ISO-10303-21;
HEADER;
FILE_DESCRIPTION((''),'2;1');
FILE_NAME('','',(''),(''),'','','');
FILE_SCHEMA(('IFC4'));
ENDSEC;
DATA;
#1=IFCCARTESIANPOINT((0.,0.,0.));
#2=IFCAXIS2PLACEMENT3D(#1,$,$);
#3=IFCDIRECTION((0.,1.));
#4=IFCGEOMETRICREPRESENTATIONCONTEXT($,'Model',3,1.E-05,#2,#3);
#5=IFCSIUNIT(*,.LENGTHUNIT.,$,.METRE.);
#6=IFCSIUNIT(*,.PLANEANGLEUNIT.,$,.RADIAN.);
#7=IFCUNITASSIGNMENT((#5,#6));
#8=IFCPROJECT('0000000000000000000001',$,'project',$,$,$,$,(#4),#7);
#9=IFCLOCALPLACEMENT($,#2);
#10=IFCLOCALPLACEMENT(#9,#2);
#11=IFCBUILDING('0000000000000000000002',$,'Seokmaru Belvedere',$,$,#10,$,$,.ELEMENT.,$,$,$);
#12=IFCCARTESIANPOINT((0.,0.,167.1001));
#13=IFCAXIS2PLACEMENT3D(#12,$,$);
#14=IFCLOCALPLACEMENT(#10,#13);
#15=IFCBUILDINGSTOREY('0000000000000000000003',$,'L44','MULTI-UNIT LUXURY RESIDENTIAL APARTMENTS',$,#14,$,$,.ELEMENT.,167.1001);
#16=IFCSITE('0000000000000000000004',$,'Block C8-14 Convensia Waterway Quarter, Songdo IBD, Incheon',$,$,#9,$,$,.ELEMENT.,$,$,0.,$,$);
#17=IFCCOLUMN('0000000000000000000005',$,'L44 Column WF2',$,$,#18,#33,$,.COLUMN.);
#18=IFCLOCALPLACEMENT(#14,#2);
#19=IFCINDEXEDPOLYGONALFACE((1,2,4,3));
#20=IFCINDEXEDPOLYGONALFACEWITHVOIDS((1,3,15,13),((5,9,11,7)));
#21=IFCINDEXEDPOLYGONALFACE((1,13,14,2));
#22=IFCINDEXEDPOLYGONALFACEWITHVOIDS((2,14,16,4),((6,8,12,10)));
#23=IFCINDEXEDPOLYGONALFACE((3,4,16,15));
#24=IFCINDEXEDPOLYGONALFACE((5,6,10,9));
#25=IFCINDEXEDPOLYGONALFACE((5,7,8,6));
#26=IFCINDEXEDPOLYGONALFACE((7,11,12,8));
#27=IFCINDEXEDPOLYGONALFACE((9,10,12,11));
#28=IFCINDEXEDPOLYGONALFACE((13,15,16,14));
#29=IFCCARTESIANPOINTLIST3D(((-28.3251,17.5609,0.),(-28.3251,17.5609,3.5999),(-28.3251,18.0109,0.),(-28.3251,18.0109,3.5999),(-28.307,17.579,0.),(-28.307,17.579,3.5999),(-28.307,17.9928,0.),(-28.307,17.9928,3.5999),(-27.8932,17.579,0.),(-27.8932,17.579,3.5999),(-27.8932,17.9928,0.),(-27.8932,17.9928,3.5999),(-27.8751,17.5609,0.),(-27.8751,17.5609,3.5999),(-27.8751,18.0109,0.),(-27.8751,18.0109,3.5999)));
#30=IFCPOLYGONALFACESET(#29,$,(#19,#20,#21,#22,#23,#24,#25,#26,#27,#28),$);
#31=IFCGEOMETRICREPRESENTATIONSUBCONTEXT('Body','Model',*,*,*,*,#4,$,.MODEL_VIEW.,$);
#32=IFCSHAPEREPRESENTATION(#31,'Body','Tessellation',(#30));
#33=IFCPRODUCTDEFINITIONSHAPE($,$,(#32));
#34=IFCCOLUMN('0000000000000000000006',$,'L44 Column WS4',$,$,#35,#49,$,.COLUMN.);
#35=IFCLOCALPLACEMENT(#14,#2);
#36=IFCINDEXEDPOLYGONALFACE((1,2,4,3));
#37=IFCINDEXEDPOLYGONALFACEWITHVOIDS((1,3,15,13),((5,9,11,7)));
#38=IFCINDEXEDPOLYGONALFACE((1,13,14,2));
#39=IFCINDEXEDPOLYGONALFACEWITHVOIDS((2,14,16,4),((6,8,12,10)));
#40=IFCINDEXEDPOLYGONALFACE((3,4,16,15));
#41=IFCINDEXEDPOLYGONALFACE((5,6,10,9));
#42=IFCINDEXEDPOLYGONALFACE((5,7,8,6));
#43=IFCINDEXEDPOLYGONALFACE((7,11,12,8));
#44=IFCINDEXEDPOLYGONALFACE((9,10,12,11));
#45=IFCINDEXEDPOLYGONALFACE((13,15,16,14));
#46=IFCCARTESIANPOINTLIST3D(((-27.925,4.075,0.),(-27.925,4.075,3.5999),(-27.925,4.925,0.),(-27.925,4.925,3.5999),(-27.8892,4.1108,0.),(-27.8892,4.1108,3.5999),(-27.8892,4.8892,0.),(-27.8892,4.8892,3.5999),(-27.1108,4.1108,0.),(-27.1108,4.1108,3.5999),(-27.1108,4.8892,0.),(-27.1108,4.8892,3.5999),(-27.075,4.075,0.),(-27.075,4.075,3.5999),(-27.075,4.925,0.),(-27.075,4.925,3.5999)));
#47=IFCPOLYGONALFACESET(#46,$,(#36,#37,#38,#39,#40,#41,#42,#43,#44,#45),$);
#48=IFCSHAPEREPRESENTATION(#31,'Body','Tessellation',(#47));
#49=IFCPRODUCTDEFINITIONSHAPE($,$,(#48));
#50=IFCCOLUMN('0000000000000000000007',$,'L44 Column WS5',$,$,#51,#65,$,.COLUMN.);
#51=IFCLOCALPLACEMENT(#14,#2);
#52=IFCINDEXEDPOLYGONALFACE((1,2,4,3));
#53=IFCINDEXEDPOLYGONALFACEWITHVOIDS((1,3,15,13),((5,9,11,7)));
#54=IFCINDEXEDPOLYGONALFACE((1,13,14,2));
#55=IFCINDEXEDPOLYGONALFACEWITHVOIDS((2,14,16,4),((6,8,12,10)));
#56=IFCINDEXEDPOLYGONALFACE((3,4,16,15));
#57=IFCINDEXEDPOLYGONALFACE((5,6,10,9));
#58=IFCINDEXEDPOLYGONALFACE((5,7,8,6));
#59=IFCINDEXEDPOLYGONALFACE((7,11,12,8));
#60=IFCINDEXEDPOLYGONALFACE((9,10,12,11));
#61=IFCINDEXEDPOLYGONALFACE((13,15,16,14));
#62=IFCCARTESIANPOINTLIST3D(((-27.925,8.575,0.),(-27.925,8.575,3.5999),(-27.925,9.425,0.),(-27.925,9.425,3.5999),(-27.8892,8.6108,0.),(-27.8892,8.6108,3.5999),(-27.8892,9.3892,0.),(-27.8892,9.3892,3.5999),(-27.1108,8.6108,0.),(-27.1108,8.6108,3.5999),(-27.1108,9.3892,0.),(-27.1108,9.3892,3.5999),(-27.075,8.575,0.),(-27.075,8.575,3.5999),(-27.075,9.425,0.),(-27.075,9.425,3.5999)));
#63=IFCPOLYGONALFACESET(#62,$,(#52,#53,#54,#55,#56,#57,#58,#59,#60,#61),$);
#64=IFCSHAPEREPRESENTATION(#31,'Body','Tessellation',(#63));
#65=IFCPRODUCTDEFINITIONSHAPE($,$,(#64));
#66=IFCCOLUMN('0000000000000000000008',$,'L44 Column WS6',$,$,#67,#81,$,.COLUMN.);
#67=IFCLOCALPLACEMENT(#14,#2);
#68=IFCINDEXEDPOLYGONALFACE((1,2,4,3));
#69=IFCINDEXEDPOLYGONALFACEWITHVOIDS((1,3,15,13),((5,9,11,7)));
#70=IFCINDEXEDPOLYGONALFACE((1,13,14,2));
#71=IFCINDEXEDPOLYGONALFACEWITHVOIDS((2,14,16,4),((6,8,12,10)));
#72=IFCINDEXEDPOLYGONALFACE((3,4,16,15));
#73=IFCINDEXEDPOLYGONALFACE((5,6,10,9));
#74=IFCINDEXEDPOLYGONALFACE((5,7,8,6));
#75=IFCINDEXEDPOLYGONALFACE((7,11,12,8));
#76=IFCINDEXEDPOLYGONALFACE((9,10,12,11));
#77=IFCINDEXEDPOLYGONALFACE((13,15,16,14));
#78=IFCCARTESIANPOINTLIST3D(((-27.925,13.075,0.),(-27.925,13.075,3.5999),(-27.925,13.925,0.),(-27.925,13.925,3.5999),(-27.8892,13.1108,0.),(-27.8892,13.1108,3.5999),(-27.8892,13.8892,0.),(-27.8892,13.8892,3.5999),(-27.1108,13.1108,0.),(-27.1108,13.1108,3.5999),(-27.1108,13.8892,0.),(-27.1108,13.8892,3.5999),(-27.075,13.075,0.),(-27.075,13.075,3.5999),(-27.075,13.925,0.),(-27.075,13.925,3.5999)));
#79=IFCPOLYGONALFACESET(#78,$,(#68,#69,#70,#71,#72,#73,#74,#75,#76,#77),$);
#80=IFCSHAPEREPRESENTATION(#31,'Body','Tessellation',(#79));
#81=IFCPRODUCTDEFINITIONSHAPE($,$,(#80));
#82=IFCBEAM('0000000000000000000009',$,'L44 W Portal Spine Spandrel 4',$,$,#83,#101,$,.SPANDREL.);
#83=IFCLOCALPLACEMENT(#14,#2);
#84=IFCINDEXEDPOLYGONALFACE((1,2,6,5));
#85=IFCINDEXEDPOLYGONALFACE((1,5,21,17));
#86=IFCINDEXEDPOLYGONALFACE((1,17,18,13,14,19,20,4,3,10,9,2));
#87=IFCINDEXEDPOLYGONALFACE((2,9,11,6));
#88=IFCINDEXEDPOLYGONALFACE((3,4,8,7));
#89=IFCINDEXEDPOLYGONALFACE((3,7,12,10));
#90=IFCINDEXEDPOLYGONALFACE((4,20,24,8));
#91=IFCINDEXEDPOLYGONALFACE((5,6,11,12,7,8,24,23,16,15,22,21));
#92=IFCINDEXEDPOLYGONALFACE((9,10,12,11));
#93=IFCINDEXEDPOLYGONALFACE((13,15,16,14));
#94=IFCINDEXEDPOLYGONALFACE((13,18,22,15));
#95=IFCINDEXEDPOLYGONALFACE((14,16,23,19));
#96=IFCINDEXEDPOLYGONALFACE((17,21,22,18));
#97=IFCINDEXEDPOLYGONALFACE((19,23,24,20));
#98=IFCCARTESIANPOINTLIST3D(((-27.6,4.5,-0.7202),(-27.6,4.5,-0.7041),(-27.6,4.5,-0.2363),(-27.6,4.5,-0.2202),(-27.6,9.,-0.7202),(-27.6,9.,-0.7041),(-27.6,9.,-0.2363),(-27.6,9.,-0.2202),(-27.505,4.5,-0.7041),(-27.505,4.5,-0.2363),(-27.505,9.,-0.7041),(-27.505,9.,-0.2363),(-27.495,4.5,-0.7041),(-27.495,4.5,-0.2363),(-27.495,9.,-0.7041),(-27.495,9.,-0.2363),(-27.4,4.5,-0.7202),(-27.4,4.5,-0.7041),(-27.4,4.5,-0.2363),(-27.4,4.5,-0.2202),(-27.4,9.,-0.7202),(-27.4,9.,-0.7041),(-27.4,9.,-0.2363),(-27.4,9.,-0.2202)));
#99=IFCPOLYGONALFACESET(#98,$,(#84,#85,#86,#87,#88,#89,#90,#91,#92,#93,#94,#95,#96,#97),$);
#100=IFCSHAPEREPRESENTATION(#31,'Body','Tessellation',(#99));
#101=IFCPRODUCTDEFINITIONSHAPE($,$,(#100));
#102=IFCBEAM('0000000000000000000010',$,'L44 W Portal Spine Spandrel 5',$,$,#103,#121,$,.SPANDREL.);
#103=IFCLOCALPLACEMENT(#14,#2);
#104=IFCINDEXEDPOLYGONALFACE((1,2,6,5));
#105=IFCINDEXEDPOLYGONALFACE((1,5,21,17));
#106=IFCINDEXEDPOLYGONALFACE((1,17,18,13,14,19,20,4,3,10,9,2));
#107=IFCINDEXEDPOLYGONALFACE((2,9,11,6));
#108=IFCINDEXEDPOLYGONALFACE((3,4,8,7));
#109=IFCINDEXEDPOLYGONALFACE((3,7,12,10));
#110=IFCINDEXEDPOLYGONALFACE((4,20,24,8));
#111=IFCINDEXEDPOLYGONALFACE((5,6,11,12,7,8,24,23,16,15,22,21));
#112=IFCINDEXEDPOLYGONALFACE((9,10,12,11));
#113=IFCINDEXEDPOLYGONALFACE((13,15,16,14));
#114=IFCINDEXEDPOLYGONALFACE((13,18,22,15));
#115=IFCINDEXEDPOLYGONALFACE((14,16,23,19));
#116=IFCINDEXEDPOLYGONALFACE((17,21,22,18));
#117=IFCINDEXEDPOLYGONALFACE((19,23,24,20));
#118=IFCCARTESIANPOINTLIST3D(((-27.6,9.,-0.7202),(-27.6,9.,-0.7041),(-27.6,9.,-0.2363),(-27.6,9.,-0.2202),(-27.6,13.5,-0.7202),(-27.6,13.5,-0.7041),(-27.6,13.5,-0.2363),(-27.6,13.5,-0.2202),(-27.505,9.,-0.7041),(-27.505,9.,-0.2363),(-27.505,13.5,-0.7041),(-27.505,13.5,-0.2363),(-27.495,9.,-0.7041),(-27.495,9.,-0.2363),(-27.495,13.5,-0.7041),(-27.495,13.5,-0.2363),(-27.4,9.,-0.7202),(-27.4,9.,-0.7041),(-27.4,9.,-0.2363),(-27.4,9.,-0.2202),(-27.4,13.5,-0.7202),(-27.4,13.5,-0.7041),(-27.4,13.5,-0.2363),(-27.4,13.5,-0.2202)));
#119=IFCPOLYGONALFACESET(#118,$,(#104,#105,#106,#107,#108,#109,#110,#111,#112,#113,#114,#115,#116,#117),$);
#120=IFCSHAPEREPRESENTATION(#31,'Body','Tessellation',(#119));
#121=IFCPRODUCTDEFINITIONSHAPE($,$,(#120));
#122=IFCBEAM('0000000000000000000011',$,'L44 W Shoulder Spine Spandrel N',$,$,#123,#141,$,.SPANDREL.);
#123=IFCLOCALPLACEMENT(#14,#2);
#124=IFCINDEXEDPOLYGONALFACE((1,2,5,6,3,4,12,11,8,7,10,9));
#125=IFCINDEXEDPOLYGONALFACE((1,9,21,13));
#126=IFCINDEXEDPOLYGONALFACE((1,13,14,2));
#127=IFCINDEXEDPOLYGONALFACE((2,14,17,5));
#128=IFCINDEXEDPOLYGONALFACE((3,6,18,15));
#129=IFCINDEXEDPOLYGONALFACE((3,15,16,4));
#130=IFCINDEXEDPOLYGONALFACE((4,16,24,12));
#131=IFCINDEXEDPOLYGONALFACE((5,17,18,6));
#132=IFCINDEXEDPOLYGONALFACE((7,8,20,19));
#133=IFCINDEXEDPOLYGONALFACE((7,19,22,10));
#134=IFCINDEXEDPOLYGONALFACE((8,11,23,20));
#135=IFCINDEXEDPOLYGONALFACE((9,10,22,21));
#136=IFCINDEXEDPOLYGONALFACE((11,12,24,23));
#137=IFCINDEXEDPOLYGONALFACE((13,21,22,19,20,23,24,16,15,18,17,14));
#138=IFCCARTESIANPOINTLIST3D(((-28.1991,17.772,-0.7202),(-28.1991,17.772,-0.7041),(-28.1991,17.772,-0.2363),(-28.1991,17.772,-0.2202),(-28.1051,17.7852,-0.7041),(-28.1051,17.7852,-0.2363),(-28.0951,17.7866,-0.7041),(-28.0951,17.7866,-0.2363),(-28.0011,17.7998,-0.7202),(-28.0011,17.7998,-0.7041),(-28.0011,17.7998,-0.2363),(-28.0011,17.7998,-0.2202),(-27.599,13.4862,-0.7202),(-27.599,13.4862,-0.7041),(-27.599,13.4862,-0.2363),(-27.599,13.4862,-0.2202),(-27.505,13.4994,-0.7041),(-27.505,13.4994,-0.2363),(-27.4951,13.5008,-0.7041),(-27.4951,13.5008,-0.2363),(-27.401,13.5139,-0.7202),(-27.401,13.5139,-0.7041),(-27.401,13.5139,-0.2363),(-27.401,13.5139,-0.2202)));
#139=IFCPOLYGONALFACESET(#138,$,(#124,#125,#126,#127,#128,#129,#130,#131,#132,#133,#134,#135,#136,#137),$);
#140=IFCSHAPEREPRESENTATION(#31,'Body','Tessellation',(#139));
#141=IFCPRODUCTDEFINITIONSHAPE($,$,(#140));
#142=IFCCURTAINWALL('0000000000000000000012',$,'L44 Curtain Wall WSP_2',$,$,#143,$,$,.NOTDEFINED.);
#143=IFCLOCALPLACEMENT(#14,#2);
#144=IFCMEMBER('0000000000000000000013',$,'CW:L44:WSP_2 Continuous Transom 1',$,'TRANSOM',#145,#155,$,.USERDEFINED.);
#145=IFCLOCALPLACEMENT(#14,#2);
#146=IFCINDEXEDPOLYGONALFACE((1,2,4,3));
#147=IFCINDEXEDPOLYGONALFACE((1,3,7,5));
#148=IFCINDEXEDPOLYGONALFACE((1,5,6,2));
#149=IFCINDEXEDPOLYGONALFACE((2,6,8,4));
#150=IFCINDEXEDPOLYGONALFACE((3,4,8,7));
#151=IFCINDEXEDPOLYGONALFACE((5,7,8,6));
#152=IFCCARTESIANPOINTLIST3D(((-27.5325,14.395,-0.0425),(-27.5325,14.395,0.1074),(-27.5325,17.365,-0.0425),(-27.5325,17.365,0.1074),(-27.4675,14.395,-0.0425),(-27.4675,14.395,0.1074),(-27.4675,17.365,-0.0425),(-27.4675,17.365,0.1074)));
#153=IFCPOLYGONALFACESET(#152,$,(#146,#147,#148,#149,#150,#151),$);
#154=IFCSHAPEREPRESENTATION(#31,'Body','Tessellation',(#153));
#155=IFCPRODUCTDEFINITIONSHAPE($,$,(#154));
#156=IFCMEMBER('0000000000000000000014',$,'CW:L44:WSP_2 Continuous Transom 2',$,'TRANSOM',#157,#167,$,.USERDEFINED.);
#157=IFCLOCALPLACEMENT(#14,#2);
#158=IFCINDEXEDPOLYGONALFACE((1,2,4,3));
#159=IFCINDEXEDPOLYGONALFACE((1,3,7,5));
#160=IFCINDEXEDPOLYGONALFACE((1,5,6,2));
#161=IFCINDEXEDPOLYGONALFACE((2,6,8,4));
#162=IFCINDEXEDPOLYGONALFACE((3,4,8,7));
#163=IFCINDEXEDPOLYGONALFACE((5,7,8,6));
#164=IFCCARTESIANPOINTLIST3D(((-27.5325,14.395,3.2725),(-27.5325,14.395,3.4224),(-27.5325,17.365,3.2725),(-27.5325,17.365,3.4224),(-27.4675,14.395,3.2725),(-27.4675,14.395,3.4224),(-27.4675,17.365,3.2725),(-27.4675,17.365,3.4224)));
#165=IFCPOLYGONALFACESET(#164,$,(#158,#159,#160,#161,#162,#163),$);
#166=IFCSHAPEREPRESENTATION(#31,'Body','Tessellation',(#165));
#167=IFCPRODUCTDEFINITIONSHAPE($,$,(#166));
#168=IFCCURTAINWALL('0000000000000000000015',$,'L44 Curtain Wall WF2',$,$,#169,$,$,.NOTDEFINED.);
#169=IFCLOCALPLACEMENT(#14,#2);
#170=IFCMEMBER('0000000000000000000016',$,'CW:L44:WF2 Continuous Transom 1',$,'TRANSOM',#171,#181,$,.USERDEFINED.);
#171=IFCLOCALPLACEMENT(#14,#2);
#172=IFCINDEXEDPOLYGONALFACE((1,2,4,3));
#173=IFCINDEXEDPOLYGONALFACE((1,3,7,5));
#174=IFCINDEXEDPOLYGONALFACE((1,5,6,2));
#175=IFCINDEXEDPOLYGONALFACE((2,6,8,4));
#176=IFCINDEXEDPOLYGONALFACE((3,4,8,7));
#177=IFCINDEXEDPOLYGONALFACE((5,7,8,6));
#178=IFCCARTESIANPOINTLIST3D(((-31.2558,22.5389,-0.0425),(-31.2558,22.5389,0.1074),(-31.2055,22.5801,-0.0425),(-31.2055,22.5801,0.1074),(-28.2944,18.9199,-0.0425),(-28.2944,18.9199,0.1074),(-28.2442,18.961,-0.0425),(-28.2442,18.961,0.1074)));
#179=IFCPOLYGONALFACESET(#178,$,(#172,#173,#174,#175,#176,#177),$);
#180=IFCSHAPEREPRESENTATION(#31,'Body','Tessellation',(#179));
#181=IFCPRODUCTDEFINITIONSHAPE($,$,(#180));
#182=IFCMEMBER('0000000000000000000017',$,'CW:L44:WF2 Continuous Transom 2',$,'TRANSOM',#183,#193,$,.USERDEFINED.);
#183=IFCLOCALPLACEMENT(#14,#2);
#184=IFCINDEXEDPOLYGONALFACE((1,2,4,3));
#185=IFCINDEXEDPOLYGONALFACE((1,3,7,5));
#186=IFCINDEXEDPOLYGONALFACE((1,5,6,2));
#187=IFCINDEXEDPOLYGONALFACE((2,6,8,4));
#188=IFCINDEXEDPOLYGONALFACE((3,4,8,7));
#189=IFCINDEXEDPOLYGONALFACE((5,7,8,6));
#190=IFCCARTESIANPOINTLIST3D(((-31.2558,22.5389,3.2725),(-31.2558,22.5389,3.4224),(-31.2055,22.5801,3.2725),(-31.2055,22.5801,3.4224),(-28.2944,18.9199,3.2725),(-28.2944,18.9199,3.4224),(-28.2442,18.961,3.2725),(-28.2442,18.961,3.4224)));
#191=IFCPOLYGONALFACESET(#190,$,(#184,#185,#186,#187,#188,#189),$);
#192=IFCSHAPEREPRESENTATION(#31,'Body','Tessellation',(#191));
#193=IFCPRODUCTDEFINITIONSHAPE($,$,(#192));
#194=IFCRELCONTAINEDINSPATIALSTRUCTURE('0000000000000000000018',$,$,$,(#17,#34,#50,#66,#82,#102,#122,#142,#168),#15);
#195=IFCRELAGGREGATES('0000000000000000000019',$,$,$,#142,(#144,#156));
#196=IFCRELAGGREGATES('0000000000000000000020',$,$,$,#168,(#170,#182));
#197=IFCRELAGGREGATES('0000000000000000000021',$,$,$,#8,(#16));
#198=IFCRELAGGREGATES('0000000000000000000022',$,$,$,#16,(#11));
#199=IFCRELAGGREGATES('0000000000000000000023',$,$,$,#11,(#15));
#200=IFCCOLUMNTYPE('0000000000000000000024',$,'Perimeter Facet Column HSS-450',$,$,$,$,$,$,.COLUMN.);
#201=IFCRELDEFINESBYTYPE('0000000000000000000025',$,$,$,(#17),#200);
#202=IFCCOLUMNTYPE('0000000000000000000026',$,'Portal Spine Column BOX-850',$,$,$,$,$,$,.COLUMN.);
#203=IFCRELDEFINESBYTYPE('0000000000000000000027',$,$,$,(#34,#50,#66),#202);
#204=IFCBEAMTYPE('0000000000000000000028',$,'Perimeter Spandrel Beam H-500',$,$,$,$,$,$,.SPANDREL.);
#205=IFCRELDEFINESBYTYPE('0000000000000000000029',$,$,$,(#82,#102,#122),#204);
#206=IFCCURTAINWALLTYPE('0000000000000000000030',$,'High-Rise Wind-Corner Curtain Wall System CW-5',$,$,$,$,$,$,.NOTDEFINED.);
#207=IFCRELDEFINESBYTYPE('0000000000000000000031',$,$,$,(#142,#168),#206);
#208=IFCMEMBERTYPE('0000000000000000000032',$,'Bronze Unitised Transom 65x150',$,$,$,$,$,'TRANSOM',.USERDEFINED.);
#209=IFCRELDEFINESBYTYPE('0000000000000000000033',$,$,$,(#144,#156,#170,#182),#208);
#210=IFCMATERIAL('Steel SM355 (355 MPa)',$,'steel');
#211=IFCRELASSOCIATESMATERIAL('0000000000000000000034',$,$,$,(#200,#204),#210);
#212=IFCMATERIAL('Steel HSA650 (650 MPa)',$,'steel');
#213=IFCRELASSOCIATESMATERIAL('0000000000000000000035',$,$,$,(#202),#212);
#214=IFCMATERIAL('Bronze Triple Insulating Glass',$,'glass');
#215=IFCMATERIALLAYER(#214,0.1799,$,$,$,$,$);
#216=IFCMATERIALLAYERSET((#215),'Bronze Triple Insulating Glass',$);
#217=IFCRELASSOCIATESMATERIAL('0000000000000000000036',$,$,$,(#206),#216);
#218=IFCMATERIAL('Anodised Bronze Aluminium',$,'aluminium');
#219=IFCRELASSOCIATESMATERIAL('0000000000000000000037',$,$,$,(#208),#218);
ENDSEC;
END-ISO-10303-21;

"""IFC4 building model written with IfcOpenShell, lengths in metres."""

from ifc_helpers import new_model, si_unit, direction, frame, origin, origin_2d, place, context, subcontext, project, spatial, rectangle, hollow_rectangle, i_section, extrude, source, transform, mapped, material, layer, layer_set, material_profile, profile_set, type_object, type_shapes, element, aggregate, save


model = new_model("IFC4")

# Units and contexts
model_context = context("Model", 3, precision=1e-05, world=origin(), true_north=direction((0.0, 1.0)))
body_context = subcontext(model_context, "Body", "Model", "MODEL_VIEW")
ifc_project = project(units=[si_unit("LENGTHUNIT", "METRE"), si_unit("PLANEANGLEUNIT", "RADIAN")], contexts=[model_context])

# Site, building, storey
site_placement = place(None, origin())
site = spatial("IfcSite", under=ifc_project, at=site_placement, Name="Block C8-14 Convensia Waterway Quarter, Songdo IBD, Incheon", CompositionType="ELEMENT", RefElevation=0.0)
building_placement = place(site_placement, origin())
building = spatial("IfcBuilding", under=site, at=building_placement, Name="Seokmaru Belvedere", CompositionType="ELEMENT")
storey_placement = place(building_placement, frame((0.0, 0.0, 167.1001)))
storey = spatial("IfcBuildingStorey", under=building, at=storey_placement, Name="L44", Description="MULTI-UNIT LUXURY RESIDENTIAL APARTMENTS", CompositionType="ELEMENT", Elevation=167.1001)

# Columns
ifc_material_1 = material(Name="Steel SM355 (355 MPa)", Category="steel")
ifc_material_profile_1 = material_profile(ifc_material_1, hollow_rectangle(XDim=0.45, YDim=0.45, WallThickness=0.0181, at=origin_2d()), Name="HSS-450x450x18")
ifc_profile_set_1 = profile_set([ifc_material_profile_1], Name="Steel SM355 (355 MPa)")
column_type_1 = type_object("IfcColumnType", Name="Perimeter Facet Column HSS-450", PredefinedType="COLUMN", material=ifc_profile_set_1)
shared_shape_1 = source(origin(), body_context, "Body", "SweptSolid", [
    extrude(hollow_rectangle(XDim=0.45, YDim=0.45, WallThickness=0.0181, at=origin_2d()), origin(), (0.0, 0.0, 1.0), 3.5999),
])
type_shapes(column_type_1, [shared_shape_1])
column_placement = place(storey_placement, frame((-28.1001, 17.7859, 0.0), z_axis=(0.0, 0.0, 1.0), x_axis=(1.0, 0.0, 0.0)))
element("IfcColumn", 1, at=column_placement, inside=storey, type_object=column_type_1, Name="L44 Column WF2", PredefinedType="COLUMN", context=body_context, shape_type="MappedRepresentation", body=[
    mapped(shared_shape_1, transform((0.0, 0.0, 0.0), scale=1.0)),
])
ifc_material_2 = material(Name="Steel HSA650 (650 MPa)", Category="steel")
ifc_material_profile_2 = material_profile(ifc_material_2, hollow_rectangle(XDim=0.8501, YDim=0.8501, WallThickness=0.0359, at=origin_2d()), Name="BOX-850x850x36")
ifc_profile_set_2 = profile_set([ifc_material_profile_2], Name="Steel HSA650 (650 MPa)")
column_type_2 = type_object("IfcColumnType", Name="Portal Spine Column BOX-850", PredefinedType="COLUMN", material=ifc_profile_set_2)
shared_shape_2 = source(origin(), body_context, "Body", "SweptSolid", [
    extrude(hollow_rectangle(XDim=0.8501, YDim=0.8501, WallThickness=0.0359, at=origin_2d()), origin(), (0.0, 0.0, 1.0), 3.5999),
])
type_shapes(column_type_2, [shared_shape_2])
for number, where, z_axis, x_axis, name in (
    (2, (-27.5, 4.5, 0.0), (0.0, 0.0, 1.0), (1.0, 0.0, 0.0), "L44 Column WS4"),
    (3, (-27.5, 9.0, 0.0), (0.0, 0.0, 1.0), (1.0, 0.0, 0.0), "L44 Column WS5"),
    (4, (-27.5, 13.5, 0.0), (0.0, 0.0, 1.0), (1.0, 0.0, 0.0), "L44 Column WS6"),
):
    element("IfcColumn", number, at=place(storey_placement, frame(where, z_axis=z_axis, x_axis=x_axis)), inside=storey, type_object=column_type_2, Name=name, PredefinedType="COLUMN", context=body_context, shape_type="MappedRepresentation", body=[
        mapped(shared_shape_2, transform((0.0, 0.0, 0.0), scale=1.0)),
    ])

# Beams
ifc_material_profile_3 = material_profile(ifc_material_1, i_section(OverallWidth=0.2, OverallDepth=0.5, WebThickness=0.01, FlangeThickness=0.0161, at=origin_2d()), Name="H-500x200x10x16")
ifc_profile_set_3 = profile_set([ifc_material_profile_3], Name="Steel SM355 (355 MPa)")
beam_type = type_object("IfcBeamType", Name="Perimeter Spandrel Beam H-500", PredefinedType="SPANDREL", material=ifc_profile_set_3)
shared_shape_3 = source(origin(), body_context, "Body", "SweptSolid", [
    extrude(i_section(OverallWidth=0.2, OverallDepth=0.5, WebThickness=0.01, FlangeThickness=0.0161, at=origin_2d()), origin(), (0.0, 0.0, 1.0), 4.5),
])
for number, where, z_axis, x_axis, name in (
    (5, (-27.5, 4.5, -0.4702), (0.0, 1.0, 0.0), (-1.0, 0.0, 0.0), "L44 W Portal Spine Spandrel 4"),
    (6, (-27.5, 9.0, -0.4702), (0.0, 1.0, 0.0), (-1.0, 0.0, 0.0), "L44 W Portal Spine Spandrel 5"),
):
    element("IfcBeam", number, at=place(storey_placement, frame(where, z_axis=z_axis, x_axis=x_axis)), inside=storey, type_object=beam_type, Name=name, PredefinedType="SPANDREL", context=body_context, shape_type="MappedRepresentation", body=[
        mapped(shared_shape_3, transform((0.0, 0.0, 0.0), scale=1.0)),
    ])
shared_shape_4 = source(origin(), body_context, "Body", "SweptSolid", [
    extrude(i_section(OverallWidth=0.2, OverallDepth=0.5, WebThickness=0.01, FlangeThickness=0.0161, at=origin_2d()), origin(), (0.0, 0.0, 1.0), 4.3276),
])
type_shapes(beam_type, [shared_shape_3, shared_shape_4])
beam_placement = place(storey_placement, frame((-28.1001, 17.7859, -0.4702), z_axis=(0.138664, -0.990339, 0.0), x_axis=(0.990339, 0.138664, 0.0)))
element("IfcBeam", 7, at=beam_placement, inside=storey, type_object=beam_type, Name="L44 W Shoulder Spine Spandrel N", PredefinedType="SPANDREL", context=body_context, shape_type="MappedRepresentation", body=[
    mapped(shared_shape_4, transform((0.0, 0.0, 0.0), scale=1.0)),
])

# Curtain walls, members
ifc_material_3 = material(Name="Bronze Triple Insulating Glass", Category="glass")
ifc_layer_1 = layer(ifc_material_3, 0.1799)
ifc_layer_set_1 = layer_set([ifc_layer_1], Name="Bronze Triple Insulating Glass")
curtain_wall_type = type_object("IfcCurtainWallType", Name="High-Rise Wind-Corner Curtain Wall System CW-5", PredefinedType="NOTDEFINED", material=ifc_layer_set_1)
curtain_wall_1_placement = place(storey_placement, origin())
curtain_wall_1 = element("IfcCurtainWall", 8, at=curtain_wall_1_placement, inside=storey, type_object=curtain_wall_type, Name="L44 Curtain Wall WSP_2", PredefinedType="NOTDEFINED")
ifc_material_4 = material(Name="Anodised Bronze Aluminium", Category="aluminium")
ifc_material_profile_4 = material_profile(ifc_material_4, rectangle(XDim=0.0649, YDim=0.1499, at=origin_2d()), Name="CW-T-65x150")
ifc_profile_set_4 = profile_set([ifc_material_profile_4], Name="Anodised Bronze Aluminium")
member_type_1 = type_object("IfcMemberType", Name="Bronze Unitised Transom 65x150", ElementType="TRANSOM", PredefinedType="USERDEFINED", material=ifc_profile_set_4)
shared_shape_5 = source(origin(), body_context, "Body", "SweptSolid", [
    extrude(rectangle(XDim=0.0649, YDim=0.1499, at=origin_2d()), origin(), (0.0, 0.0, 1.0), 2.97),
])
member_1_placement = place(storey_placement, frame((-27.5, 14.395, 0.0325), z_axis=(0.0, 1.0, 0.0), x_axis=(-1.0, 0.0, 0.0)))
member_1 = element("IfcMember", 9, at=member_1_placement, type_object=member_type_1, Name="CW:L44:WSP_2 Continuous Transom 1", ObjectType="TRANSOM", PredefinedType="USERDEFINED", context=body_context, shape_type="MappedRepresentation", body=[
    mapped(shared_shape_5, transform((0.0, 0.0, 0.0), scale=1.0)),
])
member_2_placement = place(storey_placement, frame((-27.5, 14.395, 3.3474), z_axis=(0.0, 1.0, 0.0), x_axis=(-1.0, 0.0, 0.0)))
member_2 = element("IfcMember", 10, at=member_2_placement, type_object=member_type_1, Name="CW:L44:WSP_2 Continuous Transom 2", ObjectType="TRANSOM", PredefinedType="USERDEFINED", context=body_context, shape_type="MappedRepresentation", body=[
    mapped(shared_shape_5, transform((0.0, 0.0, 0.0), scale=1.0)),
])
curtain_wall_2_placement = place(storey_placement, origin())
curtain_wall_2 = element("IfcCurtainWall", 11, at=curtain_wall_2_placement, inside=storey, type_object=curtain_wall_type, Name="L44 Curtain Wall WF2", PredefinedType="NOTDEFINED")
shared_shape_6 = source(origin(), body_context, "Body", "SweptSolid", [
    extrude(rectangle(XDim=0.0649, YDim=0.1499, at=origin_2d()), origin(), (0.0, 0.0, 1.0), 4.6763),
])
type_shapes(member_type_1, [shared_shape_5, shared_shape_6])
member_3_placement = place(storey_placement, frame((-28.2693, 18.9404, 0.0325), z_axis=(-0.633278, 0.773925, 0.0), x_axis=(-0.773925, -0.633278, 0.0)))
member_3 = element("IfcMember", 12, at=member_3_placement, type_object=member_type_1, Name="CW:L44:WF2 Continuous Transom 1", ObjectType="TRANSOM", PredefinedType="USERDEFINED", context=body_context, shape_type="MappedRepresentation", body=[
    mapped(shared_shape_6, transform((0.0, 0.0, 0.0), scale=1.0)),
])
member_4_placement = place(storey_placement, frame((-28.2693, 18.9404, 3.3474), z_axis=(-0.633278, 0.773925, 0.0), x_axis=(-0.773925, -0.633278, 0.0)))
member_4 = element("IfcMember", 13, at=member_4_placement, type_object=member_type_1, Name="CW:L44:WF2 Continuous Transom 2", ObjectType="TRANSOM", PredefinedType="USERDEFINED", context=body_context, shape_type="MappedRepresentation", body=[
    mapped(shared_shape_6, transform((0.0, 0.0, 0.0), scale=1.0)),
])

aggregate(curtain_wall_1, [member_1, member_2])
aggregate(curtain_wall_2, [member_3, member_4])

save(model, "model.ifc")
